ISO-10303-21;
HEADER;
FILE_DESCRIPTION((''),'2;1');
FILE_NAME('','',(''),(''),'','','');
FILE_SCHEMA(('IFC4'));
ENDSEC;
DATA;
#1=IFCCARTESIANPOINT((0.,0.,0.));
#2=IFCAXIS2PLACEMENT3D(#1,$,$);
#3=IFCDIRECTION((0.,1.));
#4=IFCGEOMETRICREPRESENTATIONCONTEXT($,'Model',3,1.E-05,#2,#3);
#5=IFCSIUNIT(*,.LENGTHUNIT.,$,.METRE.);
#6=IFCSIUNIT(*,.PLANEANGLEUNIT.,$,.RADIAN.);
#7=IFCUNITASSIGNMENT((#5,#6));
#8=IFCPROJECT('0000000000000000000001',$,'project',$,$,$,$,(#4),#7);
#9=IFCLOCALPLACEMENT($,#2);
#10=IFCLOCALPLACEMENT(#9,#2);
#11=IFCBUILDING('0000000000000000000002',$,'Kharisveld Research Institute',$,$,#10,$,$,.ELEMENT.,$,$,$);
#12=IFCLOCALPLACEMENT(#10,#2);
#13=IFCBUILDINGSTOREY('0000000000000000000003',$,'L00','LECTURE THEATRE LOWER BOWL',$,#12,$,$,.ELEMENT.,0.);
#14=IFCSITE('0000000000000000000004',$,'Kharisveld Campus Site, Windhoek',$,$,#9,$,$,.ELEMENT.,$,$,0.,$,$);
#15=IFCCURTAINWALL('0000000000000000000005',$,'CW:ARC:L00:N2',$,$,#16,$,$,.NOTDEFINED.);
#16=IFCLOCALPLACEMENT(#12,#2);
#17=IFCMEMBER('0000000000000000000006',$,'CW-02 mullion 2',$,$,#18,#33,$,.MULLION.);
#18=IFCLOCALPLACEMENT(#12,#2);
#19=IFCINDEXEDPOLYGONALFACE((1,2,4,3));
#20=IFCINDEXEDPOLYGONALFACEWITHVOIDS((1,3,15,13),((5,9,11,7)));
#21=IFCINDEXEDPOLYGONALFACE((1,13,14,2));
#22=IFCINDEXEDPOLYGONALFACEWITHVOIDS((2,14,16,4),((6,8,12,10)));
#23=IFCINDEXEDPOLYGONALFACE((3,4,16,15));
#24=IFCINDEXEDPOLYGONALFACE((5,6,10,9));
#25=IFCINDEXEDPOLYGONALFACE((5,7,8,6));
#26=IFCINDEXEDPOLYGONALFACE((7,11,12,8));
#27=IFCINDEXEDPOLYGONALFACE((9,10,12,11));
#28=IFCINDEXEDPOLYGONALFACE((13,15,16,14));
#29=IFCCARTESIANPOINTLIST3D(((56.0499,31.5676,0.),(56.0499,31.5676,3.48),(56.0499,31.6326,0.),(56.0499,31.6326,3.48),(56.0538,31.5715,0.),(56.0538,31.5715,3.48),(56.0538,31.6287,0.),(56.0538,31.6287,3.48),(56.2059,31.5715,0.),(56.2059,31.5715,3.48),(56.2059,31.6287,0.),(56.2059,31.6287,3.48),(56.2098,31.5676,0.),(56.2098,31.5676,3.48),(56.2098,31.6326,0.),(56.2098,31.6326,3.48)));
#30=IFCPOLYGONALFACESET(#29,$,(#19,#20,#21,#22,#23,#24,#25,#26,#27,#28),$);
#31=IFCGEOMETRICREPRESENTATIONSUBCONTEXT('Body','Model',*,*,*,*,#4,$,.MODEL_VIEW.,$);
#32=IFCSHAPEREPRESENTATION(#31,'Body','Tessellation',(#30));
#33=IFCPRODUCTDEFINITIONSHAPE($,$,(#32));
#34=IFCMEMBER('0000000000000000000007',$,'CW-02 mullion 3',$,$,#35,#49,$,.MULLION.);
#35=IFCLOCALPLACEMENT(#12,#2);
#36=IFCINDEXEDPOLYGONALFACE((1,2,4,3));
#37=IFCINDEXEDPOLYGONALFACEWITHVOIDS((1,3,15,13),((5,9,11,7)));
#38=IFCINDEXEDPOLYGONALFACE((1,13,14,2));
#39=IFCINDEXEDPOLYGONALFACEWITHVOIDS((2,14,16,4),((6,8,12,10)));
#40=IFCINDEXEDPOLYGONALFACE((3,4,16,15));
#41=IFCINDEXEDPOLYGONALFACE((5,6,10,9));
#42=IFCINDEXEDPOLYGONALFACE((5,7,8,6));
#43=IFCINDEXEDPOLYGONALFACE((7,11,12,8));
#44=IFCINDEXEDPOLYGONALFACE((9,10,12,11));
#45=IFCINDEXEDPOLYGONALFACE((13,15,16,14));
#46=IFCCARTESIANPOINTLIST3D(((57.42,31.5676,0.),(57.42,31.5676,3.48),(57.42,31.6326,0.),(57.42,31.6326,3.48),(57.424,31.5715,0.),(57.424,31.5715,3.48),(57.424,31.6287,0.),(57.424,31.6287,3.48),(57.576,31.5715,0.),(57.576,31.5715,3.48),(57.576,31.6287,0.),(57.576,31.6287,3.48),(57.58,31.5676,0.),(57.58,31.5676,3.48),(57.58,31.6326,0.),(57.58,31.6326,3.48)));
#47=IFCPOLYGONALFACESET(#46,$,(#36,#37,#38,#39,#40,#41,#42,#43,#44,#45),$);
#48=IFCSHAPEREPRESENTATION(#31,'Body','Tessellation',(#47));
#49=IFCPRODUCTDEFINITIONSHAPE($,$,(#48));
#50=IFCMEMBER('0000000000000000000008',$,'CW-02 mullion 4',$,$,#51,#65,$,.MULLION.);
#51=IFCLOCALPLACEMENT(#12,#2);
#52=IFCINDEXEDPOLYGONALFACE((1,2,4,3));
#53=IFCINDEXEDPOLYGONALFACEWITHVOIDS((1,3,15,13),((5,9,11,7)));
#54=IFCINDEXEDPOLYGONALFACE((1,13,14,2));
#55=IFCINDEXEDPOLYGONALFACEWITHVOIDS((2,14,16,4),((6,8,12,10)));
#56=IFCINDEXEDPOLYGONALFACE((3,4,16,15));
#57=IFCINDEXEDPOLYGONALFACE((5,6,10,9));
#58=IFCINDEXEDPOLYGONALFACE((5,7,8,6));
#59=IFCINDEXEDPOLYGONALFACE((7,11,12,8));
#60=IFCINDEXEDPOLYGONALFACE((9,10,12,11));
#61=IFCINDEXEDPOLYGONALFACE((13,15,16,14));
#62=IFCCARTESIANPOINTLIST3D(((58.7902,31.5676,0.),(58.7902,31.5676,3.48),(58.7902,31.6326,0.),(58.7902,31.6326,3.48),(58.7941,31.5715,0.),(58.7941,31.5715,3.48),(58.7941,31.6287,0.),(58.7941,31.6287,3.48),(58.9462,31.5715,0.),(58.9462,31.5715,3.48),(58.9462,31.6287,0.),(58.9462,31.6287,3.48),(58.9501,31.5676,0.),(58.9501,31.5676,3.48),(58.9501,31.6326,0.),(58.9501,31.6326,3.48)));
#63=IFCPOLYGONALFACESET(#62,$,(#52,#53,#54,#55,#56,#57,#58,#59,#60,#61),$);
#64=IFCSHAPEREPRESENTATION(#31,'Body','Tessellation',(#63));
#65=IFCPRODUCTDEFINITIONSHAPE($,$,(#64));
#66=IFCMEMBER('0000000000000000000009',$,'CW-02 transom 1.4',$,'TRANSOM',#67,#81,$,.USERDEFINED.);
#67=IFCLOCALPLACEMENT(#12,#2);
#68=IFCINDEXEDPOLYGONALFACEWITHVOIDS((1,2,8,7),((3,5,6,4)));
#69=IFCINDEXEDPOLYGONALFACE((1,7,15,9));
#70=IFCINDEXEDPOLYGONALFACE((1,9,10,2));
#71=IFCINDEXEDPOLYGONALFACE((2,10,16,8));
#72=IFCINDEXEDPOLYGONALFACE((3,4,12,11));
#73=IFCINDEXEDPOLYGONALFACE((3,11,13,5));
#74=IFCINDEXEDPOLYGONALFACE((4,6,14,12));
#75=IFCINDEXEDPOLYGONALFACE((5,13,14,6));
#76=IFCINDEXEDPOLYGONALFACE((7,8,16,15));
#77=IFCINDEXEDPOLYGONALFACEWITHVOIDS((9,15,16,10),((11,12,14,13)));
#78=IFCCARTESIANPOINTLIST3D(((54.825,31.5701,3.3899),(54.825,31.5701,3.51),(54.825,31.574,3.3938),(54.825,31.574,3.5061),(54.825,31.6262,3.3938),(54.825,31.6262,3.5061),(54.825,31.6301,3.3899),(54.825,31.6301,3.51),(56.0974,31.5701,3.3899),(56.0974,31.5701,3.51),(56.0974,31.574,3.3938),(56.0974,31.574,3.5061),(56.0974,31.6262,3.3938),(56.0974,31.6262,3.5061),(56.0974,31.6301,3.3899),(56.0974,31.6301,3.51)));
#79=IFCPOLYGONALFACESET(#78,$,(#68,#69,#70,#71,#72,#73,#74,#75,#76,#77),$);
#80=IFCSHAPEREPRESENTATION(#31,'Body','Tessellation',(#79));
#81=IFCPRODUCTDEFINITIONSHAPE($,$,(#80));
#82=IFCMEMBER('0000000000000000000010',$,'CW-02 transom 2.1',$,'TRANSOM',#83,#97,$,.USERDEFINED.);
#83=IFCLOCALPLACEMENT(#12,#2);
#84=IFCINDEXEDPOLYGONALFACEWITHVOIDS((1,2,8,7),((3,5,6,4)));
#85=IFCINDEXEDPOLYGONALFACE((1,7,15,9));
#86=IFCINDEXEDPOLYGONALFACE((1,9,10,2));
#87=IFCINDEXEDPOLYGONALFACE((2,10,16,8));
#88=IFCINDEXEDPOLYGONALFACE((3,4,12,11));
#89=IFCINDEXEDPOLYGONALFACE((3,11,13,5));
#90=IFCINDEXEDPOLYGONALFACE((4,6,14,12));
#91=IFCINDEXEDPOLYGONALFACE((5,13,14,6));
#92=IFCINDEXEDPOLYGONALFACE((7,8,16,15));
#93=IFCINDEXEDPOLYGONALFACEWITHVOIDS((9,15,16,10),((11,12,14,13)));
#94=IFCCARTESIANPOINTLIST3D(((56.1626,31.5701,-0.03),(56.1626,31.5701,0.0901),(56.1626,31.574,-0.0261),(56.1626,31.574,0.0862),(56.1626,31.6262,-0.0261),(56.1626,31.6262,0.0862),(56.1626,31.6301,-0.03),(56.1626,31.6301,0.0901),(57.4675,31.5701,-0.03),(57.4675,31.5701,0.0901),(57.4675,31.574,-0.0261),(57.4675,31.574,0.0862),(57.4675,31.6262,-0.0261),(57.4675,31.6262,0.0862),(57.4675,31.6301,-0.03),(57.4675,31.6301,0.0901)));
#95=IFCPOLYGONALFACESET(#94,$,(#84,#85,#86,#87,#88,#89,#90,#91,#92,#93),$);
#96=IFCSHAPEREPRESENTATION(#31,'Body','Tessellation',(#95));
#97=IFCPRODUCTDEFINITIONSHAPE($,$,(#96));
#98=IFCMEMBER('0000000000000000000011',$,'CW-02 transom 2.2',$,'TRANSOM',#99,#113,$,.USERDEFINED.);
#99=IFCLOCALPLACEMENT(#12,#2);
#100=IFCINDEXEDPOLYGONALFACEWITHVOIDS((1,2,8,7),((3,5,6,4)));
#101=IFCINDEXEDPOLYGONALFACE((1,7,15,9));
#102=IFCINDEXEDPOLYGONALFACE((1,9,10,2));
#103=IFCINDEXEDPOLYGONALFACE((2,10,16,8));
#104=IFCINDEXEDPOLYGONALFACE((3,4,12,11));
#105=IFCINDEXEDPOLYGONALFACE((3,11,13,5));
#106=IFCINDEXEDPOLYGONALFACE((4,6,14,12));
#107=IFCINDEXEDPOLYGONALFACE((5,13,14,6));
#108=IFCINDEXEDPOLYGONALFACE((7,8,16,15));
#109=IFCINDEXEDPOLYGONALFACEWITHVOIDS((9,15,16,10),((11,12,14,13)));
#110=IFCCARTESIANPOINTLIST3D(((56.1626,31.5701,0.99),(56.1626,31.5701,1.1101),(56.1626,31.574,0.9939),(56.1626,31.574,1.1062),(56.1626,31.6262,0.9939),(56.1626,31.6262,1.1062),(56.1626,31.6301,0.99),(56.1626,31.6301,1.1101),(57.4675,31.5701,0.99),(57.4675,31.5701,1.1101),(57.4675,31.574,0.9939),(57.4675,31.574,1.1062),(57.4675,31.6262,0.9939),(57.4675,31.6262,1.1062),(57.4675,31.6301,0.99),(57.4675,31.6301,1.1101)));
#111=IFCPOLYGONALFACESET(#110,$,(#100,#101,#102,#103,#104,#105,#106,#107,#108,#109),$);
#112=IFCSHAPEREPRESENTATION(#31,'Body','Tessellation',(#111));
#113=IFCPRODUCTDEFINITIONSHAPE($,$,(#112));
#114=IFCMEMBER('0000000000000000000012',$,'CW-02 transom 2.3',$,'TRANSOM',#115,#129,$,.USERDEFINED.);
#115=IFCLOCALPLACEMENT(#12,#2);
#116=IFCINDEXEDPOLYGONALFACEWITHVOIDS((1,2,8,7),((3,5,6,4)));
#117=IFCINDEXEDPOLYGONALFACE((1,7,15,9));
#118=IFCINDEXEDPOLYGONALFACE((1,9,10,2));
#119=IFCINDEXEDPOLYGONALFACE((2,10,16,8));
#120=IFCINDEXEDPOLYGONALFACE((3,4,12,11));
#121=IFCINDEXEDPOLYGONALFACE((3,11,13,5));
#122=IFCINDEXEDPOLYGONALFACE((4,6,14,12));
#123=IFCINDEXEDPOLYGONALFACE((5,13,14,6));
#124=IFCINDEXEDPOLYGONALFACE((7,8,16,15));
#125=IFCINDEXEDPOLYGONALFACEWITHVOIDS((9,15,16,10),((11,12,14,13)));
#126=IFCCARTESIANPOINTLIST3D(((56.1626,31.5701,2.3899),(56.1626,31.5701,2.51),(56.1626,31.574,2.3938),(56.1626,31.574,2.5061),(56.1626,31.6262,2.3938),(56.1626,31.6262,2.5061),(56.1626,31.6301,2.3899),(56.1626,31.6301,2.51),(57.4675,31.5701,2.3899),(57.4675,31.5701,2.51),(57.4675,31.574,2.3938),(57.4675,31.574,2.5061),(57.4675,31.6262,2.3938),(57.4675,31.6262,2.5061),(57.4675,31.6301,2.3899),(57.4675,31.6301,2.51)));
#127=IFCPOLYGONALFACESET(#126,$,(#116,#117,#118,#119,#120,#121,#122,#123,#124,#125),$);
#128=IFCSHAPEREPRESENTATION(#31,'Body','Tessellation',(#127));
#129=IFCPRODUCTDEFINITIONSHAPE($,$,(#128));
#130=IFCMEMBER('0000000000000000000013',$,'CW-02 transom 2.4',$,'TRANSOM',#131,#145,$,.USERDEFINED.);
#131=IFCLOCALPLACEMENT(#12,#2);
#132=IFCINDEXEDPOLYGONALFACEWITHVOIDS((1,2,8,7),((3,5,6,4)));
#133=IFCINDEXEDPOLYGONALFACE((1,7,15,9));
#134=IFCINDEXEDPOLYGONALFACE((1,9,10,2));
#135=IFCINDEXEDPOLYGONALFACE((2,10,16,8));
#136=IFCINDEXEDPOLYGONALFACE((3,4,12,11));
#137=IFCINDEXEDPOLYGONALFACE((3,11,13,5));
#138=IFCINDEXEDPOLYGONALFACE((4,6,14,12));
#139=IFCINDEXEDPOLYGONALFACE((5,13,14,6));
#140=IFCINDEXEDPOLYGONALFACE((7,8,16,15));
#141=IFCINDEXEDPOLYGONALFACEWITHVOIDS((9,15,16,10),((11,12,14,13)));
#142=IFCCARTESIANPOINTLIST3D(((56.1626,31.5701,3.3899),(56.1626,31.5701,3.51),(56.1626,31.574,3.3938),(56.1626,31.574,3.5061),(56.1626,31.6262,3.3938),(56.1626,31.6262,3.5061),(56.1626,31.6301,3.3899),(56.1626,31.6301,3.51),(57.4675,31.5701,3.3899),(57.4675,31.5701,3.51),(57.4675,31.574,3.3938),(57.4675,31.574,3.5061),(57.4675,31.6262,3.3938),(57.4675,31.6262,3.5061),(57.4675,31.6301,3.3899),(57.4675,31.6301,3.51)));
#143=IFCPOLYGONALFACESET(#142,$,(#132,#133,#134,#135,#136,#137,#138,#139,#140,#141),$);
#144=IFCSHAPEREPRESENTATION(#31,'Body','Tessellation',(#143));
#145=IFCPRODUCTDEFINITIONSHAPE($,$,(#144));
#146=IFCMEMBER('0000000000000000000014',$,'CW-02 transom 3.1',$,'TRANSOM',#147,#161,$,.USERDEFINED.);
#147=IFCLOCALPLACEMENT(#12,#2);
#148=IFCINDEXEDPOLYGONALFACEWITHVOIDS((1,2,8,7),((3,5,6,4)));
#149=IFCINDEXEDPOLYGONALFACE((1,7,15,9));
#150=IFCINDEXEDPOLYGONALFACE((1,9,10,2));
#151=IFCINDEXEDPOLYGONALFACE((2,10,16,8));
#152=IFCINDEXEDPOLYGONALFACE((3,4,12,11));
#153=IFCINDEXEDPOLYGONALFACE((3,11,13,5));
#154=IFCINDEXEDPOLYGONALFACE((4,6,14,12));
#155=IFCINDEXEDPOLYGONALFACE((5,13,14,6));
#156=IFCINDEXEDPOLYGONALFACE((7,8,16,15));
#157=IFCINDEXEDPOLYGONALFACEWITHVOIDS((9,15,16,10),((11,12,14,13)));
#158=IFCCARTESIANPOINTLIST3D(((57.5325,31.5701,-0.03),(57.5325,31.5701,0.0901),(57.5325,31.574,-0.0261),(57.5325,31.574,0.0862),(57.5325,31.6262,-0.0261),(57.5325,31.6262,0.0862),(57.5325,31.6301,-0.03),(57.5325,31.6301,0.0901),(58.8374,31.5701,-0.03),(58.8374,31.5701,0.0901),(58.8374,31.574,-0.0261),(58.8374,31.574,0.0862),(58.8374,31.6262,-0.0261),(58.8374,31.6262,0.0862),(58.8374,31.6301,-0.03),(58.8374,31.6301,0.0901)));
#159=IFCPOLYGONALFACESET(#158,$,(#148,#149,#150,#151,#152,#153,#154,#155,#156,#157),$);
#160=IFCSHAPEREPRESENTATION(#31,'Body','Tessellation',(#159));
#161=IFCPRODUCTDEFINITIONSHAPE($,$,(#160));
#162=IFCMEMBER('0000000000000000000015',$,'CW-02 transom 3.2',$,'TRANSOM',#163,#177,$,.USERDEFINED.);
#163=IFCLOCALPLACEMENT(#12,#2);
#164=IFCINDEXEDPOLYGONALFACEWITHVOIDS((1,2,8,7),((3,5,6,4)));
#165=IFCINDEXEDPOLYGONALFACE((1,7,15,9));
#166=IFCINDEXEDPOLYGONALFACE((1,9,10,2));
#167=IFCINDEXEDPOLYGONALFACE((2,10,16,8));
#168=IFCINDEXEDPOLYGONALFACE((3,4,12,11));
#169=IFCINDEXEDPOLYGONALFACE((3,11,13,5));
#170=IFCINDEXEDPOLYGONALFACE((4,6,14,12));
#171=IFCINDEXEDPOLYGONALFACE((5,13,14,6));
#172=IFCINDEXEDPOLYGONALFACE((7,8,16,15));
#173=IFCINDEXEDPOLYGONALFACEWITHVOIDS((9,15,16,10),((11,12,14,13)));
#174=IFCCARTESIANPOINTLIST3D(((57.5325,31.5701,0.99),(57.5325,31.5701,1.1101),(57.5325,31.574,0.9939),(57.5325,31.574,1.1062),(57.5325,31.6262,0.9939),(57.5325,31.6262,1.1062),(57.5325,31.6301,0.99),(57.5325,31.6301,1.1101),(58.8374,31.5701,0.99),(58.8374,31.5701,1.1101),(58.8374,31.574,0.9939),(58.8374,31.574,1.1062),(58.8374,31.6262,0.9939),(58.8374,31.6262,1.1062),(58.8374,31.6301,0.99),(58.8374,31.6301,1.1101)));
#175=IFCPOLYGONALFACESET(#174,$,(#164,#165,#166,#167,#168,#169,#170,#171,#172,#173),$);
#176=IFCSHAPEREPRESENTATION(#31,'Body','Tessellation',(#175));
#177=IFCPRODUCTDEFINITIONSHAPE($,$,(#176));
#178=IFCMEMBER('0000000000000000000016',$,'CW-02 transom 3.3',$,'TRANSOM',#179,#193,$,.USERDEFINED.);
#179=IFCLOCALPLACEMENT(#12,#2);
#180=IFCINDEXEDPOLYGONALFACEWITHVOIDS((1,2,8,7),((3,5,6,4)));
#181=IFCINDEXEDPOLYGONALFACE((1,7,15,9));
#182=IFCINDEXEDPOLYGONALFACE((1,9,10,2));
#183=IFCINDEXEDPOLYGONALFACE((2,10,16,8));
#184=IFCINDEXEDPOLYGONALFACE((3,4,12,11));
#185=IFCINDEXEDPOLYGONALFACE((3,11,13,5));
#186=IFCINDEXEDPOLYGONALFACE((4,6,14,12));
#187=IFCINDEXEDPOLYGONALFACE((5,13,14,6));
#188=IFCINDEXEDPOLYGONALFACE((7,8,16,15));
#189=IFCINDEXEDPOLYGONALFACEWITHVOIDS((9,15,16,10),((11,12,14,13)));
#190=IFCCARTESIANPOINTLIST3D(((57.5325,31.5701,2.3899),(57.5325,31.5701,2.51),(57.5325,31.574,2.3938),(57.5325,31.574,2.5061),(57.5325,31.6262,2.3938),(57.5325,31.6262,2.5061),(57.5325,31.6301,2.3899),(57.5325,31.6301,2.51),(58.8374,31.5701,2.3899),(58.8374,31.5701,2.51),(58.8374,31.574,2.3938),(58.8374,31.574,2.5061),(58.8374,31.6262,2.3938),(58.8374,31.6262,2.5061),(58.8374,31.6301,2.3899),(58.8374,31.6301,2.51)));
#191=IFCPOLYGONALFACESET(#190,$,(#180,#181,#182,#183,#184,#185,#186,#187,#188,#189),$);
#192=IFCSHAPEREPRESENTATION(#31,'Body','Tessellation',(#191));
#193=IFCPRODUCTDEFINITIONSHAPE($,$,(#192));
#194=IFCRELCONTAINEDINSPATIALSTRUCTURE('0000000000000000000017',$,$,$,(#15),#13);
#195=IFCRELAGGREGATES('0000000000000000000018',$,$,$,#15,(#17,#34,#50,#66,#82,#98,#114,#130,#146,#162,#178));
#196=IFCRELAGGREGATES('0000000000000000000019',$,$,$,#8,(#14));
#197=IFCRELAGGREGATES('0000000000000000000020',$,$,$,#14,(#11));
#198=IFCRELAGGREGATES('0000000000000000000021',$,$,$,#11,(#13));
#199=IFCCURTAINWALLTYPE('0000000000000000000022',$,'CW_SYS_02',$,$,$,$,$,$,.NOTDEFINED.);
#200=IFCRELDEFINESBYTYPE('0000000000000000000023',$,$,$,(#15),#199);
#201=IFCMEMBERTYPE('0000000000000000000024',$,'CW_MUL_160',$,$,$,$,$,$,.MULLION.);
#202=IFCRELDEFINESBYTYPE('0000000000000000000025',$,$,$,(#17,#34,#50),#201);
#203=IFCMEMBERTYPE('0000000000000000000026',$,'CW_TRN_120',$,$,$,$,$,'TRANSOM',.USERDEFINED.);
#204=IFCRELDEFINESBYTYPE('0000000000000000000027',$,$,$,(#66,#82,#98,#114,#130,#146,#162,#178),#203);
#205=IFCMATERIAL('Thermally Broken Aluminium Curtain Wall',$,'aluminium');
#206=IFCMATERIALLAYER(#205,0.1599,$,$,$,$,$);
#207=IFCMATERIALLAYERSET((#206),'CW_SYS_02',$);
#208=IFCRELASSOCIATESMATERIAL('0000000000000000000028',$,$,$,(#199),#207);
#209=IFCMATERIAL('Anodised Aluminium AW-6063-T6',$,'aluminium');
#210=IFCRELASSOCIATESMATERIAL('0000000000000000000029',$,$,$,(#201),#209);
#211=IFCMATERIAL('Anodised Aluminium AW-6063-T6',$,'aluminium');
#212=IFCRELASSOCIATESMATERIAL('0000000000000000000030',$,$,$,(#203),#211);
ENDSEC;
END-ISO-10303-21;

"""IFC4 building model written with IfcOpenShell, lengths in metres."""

from ifc_helpers import new_model, si_unit, direction, frame, origin, origin_2d, place, context, subcontext, project, spatial, hollow_rectangle, extrude, material, layer, layer_set, material_profile, profile_set, type_object, element, aggregate, save


model = new_model("IFC4")

# Units and contexts
model_context = context("Model", 3, precision=1e-05, world=origin(), true_north=direction((0.0, 1.0)))
body_context = subcontext(model_context, "Body", "Model", "MODEL_VIEW")
ifc_project = project(units=[si_unit("LENGTHUNIT", "METRE"), si_unit("PLANEANGLEUNIT", "RADIAN")], contexts=[model_context])

# Site, building, storey
site_placement = place(None, origin())
site = spatial("IfcSite", under=ifc_project, at=site_placement, Name="Kharisveld Campus Site, Windhoek", CompositionType="ELEMENT", RefElevation=0.0)
building_placement = place(site_placement, origin())
building = spatial("IfcBuilding", under=site, at=building_placement, Name="Kharisveld Research Institute", CompositionType="ELEMENT")
storey_placement = place(building_placement, origin())
storey = spatial("IfcBuildingStorey", under=building, at=storey_placement, Name="L00", Description="LECTURE THEATRE LOWER BOWL", CompositionType="ELEMENT", Elevation=0.0)

# Curtain wall, members
ifc_material_1 = material(Name="Thermally Broken Aluminium Curtain Wall", Category="aluminium")
ifc_layer_1 = layer(ifc_material_1, 0.1599)
ifc_layer_set_1 = layer_set([ifc_layer_1], Name="CW_SYS_02")
curtain_wall_type = type_object("IfcCurtainWallType", Name="CW_SYS_02", PredefinedType="NOTDEFINED", material=ifc_layer_set_1)
curtain_wall_placement = place(storey_placement, origin())
curtain_wall = element("IfcCurtainWall", 1, at=curtain_wall_placement, inside=storey, type_object=curtain_wall_type, Name="CW:ARC:L00:N2", PredefinedType="NOTDEFINED")
ifc_material_2 = material(Name="Anodised Aluminium AW-6063-T6", Category="aluminium")
ifc_material_profile_1 = material_profile(ifc_material_2, hollow_rectangle(XDim=0.0649, YDim=0.1599, WallThickness=0.0039, at=origin_2d()))
ifc_profile_set_1 = profile_set([ifc_material_profile_1], Name="Anodised Aluminium AW-6063-T6")
member_type_1 = type_object("IfcMemberType", Name="CW_MUL_160", PredefinedType="MULLION", material=ifc_profile_set_1)
member_1_placement = place(storey_placement, frame((56.1299, 31.6001, 0.0), z_axis=(0.0, 0.0, 1.0), x_axis=(0.0, 1.0, 0.0)))
member_1 = element("IfcMember", 2, at=member_1_placement, type_object=member_type_1, Name="CW-02 mullion 2", PredefinedType="MULLION", context=body_context, shape_type="SweptSolid", body=[
    extrude(hollow_rectangle(XDim=0.0649, YDim=0.1599, WallThickness=0.0039, at=origin_2d()), origin(), (0.0, 0.0, 1.0), 3.48),
])
member_2_placement = place(storey_placement, frame((57.5, 31.6001, 0.0), z_axis=(0.0, 0.0, 1.0), x_axis=(0.0, 1.0, 0.0)))
member_2 = element("IfcMember", 3, at=member_2_placement, type_object=member_type_1, Name="CW-02 mullion 3", PredefinedType="MULLION", context=body_context, shape_type="SweptSolid", body=[
    extrude(hollow_rectangle(XDim=0.0649, YDim=0.1599, WallThickness=0.0039, at=origin_2d()), origin(), (0.0, 0.0, 1.0), 3.48),
])
member_3_placement = place(storey_placement, frame((58.8701, 31.6001, 0.0), z_axis=(0.0, 0.0, 1.0), x_axis=(0.0, 1.0, 0.0)))
member_3 = element("IfcMember", 4, at=member_3_placement, type_object=member_type_1, Name="CW-02 mullion 4", PredefinedType="MULLION", context=body_context, shape_type="SweptSolid", body=[
    extrude(hollow_rectangle(XDim=0.0649, YDim=0.1599, WallThickness=0.0039, at=origin_2d()), origin(), (0.0, 0.0, 1.0), 3.48),
])
ifc_material_3 = material(Name="Anodised Aluminium AW-6063-T6", Category="aluminium")
ifc_material_profile_2 = material_profile(ifc_material_3, hollow_rectangle(XDim=0.0601, YDim=0.1201, WallThickness=0.0039, at=origin_2d()))
ifc_profile_set_2 = profile_set([ifc_material_profile_2], Name="Anodised Aluminium AW-6063-T6")
member_type_2 = type_object("IfcMemberType", Name="CW_TRN_120", ElementType="TRANSOM", PredefinedType="USERDEFINED", material=ifc_profile_set_2)
member_4_placement = place(storey_placement, frame((54.825, 31.6001, 3.45), z_axis=(1.0, 0.0, 0.0), x_axis=(0.0, 1.0, 0.0)))
member_4 = element("IfcMember", 5, at=member_4_placement, type_object=member_type_2, Name="CW-02 transom 1.4", ObjectType="TRANSOM", PredefinedType="USERDEFINED", context=body_context, shape_type="SweptSolid", body=[
    extrude(hollow_rectangle(XDim=0.0601, YDim=0.1201, WallThickness=0.0039, at=origin_2d()), origin(), (0.0, 0.0, 1.0), 1.2725),
])
member_5_placement = place(storey_placement, frame((56.1626, 31.6001, 0.03), z_axis=(1.0, 0.0, 0.0), x_axis=(0.0, 1.0, 0.0)))
member_5 = element("IfcMember", 6, at=member_5_placement, type_object=member_type_2, Name="CW-02 transom 2.1", ObjectType="TRANSOM", PredefinedType="USERDEFINED", context=body_context, shape_type="SweptSolid", body=[
    extrude(hollow_rectangle(XDim=0.0601, YDim=0.1201, WallThickness=0.0039, at=origin_2d()), origin(), (0.0, 0.0, 1.0), 1.3049),
])
member_6_placement = place(storey_placement, frame((56.1626, 31.6001, 1.05), z_axis=(1.0, 0.0, 0.0), x_axis=(0.0, 1.0, 0.0)))
member_6 = element("IfcMember", 7, at=member_6_placement, type_object=member_type_2, Name="CW-02 transom 2.2", ObjectType="TRANSOM", PredefinedType="USERDEFINED", context=body_context, shape_type="SweptSolid", body=[
    extrude(hollow_rectangle(XDim=0.0601, YDim=0.1201, WallThickness=0.0039, at=origin_2d()), origin(), (0.0, 0.0, 1.0), 1.3049),
])
member_7_placement = place(storey_placement, frame((56.1626, 31.6001, 2.45), z_axis=(1.0, 0.0, 0.0), x_axis=(0.0, 1.0, 0.0)))
member_7 = element("IfcMember", 8, at=member_7_placement, type_object=member_type_2, Name="CW-02 transom 2.3", ObjectType="TRANSOM", PredefinedType="USERDEFINED", context=body_context, shape_type="SweptSolid", body=[
    extrude(hollow_rectangle(XDim=0.0601, YDim=0.1201, WallThickness=0.0039, at=origin_2d()), origin(), (0.0, 0.0, 1.0), 1.3049),
])
member_8_placement = place(storey_placement, frame((56.1626, 31.6001, 3.45), z_axis=(1.0, 0.0, 0.0), x_axis=(0.0, 1.0, 0.0)))
member_8 = element("IfcMember", 9, at=member_8_placement, type_object=member_type_2, Name="CW-02 transom 2.4", ObjectType="TRANSOM", PredefinedType="USERDEFINED", context=body_context, shape_type="SweptSolid", body=[
    extrude(hollow_rectangle(XDim=0.0601, YDim=0.1201, WallThickness=0.0039, at=origin_2d()), origin(), (0.0, 0.0, 1.0), 1.3049),
])
member_9_placement = place(storey_placement, frame((57.5325, 31.6001, 0.03), z_axis=(1.0, 0.0, 0.0), x_axis=(0.0, 1.0, 0.0)))
member_9 = element("IfcMember", 10, at=member_9_placement, type_object=member_type_2, Name="CW-02 transom 3.1", ObjectType="TRANSOM", PredefinedType="USERDEFINED", context=body_context, shape_type="SweptSolid", body=[
    extrude(hollow_rectangle(XDim=0.0601, YDim=0.1201, WallThickness=0.0039, at=origin_2d()), origin(), (0.0, 0.0, 1.0), 1.3049),
])
member_10_placement = place(storey_placement, frame((57.5325, 31.6001, 1.05), z_axis=(1.0, 0.0, 0.0), x_axis=(0.0, 1.0, 0.0)))
member_10 = element("IfcMember", 11, at=member_10_placement, type_object=member_type_2, Name="CW-02 transom 3.2", ObjectType="TRANSOM", PredefinedType="USERDEFINED", context=body_context, shape_type="SweptSolid", body=[
    extrude(hollow_rectangle(XDim=0.0601, YDim=0.1201, WallThickness=0.0039, at=origin_2d()), origin(), (0.0, 0.0, 1.0), 1.3049),
])
member_11_placement = place(storey_placement, frame((57.5325, 31.6001, 2.45), z_axis=(1.0, 0.0, 0.0), x_axis=(0.0, 1.0, 0.0)))
member_11 = element("IfcMember", 12, at=member_11_placement, type_object=member_type_2, Name="CW-02 transom 3.3", ObjectType="TRANSOM", PredefinedType="USERDEFINED", context=body_context, shape_type="SweptSolid", body=[
    extrude(hollow_rectangle(XDim=0.0601, YDim=0.1201, WallThickness=0.0039, at=origin_2d()), origin(), (0.0, 0.0, 1.0), 1.3049),
])
aggregate(curtain_wall, [member_1, member_2, member_3, member_4, member_5, member_6, member_7, member_8, member_9, member_10, member_11])

save(model, "model.ifc")
